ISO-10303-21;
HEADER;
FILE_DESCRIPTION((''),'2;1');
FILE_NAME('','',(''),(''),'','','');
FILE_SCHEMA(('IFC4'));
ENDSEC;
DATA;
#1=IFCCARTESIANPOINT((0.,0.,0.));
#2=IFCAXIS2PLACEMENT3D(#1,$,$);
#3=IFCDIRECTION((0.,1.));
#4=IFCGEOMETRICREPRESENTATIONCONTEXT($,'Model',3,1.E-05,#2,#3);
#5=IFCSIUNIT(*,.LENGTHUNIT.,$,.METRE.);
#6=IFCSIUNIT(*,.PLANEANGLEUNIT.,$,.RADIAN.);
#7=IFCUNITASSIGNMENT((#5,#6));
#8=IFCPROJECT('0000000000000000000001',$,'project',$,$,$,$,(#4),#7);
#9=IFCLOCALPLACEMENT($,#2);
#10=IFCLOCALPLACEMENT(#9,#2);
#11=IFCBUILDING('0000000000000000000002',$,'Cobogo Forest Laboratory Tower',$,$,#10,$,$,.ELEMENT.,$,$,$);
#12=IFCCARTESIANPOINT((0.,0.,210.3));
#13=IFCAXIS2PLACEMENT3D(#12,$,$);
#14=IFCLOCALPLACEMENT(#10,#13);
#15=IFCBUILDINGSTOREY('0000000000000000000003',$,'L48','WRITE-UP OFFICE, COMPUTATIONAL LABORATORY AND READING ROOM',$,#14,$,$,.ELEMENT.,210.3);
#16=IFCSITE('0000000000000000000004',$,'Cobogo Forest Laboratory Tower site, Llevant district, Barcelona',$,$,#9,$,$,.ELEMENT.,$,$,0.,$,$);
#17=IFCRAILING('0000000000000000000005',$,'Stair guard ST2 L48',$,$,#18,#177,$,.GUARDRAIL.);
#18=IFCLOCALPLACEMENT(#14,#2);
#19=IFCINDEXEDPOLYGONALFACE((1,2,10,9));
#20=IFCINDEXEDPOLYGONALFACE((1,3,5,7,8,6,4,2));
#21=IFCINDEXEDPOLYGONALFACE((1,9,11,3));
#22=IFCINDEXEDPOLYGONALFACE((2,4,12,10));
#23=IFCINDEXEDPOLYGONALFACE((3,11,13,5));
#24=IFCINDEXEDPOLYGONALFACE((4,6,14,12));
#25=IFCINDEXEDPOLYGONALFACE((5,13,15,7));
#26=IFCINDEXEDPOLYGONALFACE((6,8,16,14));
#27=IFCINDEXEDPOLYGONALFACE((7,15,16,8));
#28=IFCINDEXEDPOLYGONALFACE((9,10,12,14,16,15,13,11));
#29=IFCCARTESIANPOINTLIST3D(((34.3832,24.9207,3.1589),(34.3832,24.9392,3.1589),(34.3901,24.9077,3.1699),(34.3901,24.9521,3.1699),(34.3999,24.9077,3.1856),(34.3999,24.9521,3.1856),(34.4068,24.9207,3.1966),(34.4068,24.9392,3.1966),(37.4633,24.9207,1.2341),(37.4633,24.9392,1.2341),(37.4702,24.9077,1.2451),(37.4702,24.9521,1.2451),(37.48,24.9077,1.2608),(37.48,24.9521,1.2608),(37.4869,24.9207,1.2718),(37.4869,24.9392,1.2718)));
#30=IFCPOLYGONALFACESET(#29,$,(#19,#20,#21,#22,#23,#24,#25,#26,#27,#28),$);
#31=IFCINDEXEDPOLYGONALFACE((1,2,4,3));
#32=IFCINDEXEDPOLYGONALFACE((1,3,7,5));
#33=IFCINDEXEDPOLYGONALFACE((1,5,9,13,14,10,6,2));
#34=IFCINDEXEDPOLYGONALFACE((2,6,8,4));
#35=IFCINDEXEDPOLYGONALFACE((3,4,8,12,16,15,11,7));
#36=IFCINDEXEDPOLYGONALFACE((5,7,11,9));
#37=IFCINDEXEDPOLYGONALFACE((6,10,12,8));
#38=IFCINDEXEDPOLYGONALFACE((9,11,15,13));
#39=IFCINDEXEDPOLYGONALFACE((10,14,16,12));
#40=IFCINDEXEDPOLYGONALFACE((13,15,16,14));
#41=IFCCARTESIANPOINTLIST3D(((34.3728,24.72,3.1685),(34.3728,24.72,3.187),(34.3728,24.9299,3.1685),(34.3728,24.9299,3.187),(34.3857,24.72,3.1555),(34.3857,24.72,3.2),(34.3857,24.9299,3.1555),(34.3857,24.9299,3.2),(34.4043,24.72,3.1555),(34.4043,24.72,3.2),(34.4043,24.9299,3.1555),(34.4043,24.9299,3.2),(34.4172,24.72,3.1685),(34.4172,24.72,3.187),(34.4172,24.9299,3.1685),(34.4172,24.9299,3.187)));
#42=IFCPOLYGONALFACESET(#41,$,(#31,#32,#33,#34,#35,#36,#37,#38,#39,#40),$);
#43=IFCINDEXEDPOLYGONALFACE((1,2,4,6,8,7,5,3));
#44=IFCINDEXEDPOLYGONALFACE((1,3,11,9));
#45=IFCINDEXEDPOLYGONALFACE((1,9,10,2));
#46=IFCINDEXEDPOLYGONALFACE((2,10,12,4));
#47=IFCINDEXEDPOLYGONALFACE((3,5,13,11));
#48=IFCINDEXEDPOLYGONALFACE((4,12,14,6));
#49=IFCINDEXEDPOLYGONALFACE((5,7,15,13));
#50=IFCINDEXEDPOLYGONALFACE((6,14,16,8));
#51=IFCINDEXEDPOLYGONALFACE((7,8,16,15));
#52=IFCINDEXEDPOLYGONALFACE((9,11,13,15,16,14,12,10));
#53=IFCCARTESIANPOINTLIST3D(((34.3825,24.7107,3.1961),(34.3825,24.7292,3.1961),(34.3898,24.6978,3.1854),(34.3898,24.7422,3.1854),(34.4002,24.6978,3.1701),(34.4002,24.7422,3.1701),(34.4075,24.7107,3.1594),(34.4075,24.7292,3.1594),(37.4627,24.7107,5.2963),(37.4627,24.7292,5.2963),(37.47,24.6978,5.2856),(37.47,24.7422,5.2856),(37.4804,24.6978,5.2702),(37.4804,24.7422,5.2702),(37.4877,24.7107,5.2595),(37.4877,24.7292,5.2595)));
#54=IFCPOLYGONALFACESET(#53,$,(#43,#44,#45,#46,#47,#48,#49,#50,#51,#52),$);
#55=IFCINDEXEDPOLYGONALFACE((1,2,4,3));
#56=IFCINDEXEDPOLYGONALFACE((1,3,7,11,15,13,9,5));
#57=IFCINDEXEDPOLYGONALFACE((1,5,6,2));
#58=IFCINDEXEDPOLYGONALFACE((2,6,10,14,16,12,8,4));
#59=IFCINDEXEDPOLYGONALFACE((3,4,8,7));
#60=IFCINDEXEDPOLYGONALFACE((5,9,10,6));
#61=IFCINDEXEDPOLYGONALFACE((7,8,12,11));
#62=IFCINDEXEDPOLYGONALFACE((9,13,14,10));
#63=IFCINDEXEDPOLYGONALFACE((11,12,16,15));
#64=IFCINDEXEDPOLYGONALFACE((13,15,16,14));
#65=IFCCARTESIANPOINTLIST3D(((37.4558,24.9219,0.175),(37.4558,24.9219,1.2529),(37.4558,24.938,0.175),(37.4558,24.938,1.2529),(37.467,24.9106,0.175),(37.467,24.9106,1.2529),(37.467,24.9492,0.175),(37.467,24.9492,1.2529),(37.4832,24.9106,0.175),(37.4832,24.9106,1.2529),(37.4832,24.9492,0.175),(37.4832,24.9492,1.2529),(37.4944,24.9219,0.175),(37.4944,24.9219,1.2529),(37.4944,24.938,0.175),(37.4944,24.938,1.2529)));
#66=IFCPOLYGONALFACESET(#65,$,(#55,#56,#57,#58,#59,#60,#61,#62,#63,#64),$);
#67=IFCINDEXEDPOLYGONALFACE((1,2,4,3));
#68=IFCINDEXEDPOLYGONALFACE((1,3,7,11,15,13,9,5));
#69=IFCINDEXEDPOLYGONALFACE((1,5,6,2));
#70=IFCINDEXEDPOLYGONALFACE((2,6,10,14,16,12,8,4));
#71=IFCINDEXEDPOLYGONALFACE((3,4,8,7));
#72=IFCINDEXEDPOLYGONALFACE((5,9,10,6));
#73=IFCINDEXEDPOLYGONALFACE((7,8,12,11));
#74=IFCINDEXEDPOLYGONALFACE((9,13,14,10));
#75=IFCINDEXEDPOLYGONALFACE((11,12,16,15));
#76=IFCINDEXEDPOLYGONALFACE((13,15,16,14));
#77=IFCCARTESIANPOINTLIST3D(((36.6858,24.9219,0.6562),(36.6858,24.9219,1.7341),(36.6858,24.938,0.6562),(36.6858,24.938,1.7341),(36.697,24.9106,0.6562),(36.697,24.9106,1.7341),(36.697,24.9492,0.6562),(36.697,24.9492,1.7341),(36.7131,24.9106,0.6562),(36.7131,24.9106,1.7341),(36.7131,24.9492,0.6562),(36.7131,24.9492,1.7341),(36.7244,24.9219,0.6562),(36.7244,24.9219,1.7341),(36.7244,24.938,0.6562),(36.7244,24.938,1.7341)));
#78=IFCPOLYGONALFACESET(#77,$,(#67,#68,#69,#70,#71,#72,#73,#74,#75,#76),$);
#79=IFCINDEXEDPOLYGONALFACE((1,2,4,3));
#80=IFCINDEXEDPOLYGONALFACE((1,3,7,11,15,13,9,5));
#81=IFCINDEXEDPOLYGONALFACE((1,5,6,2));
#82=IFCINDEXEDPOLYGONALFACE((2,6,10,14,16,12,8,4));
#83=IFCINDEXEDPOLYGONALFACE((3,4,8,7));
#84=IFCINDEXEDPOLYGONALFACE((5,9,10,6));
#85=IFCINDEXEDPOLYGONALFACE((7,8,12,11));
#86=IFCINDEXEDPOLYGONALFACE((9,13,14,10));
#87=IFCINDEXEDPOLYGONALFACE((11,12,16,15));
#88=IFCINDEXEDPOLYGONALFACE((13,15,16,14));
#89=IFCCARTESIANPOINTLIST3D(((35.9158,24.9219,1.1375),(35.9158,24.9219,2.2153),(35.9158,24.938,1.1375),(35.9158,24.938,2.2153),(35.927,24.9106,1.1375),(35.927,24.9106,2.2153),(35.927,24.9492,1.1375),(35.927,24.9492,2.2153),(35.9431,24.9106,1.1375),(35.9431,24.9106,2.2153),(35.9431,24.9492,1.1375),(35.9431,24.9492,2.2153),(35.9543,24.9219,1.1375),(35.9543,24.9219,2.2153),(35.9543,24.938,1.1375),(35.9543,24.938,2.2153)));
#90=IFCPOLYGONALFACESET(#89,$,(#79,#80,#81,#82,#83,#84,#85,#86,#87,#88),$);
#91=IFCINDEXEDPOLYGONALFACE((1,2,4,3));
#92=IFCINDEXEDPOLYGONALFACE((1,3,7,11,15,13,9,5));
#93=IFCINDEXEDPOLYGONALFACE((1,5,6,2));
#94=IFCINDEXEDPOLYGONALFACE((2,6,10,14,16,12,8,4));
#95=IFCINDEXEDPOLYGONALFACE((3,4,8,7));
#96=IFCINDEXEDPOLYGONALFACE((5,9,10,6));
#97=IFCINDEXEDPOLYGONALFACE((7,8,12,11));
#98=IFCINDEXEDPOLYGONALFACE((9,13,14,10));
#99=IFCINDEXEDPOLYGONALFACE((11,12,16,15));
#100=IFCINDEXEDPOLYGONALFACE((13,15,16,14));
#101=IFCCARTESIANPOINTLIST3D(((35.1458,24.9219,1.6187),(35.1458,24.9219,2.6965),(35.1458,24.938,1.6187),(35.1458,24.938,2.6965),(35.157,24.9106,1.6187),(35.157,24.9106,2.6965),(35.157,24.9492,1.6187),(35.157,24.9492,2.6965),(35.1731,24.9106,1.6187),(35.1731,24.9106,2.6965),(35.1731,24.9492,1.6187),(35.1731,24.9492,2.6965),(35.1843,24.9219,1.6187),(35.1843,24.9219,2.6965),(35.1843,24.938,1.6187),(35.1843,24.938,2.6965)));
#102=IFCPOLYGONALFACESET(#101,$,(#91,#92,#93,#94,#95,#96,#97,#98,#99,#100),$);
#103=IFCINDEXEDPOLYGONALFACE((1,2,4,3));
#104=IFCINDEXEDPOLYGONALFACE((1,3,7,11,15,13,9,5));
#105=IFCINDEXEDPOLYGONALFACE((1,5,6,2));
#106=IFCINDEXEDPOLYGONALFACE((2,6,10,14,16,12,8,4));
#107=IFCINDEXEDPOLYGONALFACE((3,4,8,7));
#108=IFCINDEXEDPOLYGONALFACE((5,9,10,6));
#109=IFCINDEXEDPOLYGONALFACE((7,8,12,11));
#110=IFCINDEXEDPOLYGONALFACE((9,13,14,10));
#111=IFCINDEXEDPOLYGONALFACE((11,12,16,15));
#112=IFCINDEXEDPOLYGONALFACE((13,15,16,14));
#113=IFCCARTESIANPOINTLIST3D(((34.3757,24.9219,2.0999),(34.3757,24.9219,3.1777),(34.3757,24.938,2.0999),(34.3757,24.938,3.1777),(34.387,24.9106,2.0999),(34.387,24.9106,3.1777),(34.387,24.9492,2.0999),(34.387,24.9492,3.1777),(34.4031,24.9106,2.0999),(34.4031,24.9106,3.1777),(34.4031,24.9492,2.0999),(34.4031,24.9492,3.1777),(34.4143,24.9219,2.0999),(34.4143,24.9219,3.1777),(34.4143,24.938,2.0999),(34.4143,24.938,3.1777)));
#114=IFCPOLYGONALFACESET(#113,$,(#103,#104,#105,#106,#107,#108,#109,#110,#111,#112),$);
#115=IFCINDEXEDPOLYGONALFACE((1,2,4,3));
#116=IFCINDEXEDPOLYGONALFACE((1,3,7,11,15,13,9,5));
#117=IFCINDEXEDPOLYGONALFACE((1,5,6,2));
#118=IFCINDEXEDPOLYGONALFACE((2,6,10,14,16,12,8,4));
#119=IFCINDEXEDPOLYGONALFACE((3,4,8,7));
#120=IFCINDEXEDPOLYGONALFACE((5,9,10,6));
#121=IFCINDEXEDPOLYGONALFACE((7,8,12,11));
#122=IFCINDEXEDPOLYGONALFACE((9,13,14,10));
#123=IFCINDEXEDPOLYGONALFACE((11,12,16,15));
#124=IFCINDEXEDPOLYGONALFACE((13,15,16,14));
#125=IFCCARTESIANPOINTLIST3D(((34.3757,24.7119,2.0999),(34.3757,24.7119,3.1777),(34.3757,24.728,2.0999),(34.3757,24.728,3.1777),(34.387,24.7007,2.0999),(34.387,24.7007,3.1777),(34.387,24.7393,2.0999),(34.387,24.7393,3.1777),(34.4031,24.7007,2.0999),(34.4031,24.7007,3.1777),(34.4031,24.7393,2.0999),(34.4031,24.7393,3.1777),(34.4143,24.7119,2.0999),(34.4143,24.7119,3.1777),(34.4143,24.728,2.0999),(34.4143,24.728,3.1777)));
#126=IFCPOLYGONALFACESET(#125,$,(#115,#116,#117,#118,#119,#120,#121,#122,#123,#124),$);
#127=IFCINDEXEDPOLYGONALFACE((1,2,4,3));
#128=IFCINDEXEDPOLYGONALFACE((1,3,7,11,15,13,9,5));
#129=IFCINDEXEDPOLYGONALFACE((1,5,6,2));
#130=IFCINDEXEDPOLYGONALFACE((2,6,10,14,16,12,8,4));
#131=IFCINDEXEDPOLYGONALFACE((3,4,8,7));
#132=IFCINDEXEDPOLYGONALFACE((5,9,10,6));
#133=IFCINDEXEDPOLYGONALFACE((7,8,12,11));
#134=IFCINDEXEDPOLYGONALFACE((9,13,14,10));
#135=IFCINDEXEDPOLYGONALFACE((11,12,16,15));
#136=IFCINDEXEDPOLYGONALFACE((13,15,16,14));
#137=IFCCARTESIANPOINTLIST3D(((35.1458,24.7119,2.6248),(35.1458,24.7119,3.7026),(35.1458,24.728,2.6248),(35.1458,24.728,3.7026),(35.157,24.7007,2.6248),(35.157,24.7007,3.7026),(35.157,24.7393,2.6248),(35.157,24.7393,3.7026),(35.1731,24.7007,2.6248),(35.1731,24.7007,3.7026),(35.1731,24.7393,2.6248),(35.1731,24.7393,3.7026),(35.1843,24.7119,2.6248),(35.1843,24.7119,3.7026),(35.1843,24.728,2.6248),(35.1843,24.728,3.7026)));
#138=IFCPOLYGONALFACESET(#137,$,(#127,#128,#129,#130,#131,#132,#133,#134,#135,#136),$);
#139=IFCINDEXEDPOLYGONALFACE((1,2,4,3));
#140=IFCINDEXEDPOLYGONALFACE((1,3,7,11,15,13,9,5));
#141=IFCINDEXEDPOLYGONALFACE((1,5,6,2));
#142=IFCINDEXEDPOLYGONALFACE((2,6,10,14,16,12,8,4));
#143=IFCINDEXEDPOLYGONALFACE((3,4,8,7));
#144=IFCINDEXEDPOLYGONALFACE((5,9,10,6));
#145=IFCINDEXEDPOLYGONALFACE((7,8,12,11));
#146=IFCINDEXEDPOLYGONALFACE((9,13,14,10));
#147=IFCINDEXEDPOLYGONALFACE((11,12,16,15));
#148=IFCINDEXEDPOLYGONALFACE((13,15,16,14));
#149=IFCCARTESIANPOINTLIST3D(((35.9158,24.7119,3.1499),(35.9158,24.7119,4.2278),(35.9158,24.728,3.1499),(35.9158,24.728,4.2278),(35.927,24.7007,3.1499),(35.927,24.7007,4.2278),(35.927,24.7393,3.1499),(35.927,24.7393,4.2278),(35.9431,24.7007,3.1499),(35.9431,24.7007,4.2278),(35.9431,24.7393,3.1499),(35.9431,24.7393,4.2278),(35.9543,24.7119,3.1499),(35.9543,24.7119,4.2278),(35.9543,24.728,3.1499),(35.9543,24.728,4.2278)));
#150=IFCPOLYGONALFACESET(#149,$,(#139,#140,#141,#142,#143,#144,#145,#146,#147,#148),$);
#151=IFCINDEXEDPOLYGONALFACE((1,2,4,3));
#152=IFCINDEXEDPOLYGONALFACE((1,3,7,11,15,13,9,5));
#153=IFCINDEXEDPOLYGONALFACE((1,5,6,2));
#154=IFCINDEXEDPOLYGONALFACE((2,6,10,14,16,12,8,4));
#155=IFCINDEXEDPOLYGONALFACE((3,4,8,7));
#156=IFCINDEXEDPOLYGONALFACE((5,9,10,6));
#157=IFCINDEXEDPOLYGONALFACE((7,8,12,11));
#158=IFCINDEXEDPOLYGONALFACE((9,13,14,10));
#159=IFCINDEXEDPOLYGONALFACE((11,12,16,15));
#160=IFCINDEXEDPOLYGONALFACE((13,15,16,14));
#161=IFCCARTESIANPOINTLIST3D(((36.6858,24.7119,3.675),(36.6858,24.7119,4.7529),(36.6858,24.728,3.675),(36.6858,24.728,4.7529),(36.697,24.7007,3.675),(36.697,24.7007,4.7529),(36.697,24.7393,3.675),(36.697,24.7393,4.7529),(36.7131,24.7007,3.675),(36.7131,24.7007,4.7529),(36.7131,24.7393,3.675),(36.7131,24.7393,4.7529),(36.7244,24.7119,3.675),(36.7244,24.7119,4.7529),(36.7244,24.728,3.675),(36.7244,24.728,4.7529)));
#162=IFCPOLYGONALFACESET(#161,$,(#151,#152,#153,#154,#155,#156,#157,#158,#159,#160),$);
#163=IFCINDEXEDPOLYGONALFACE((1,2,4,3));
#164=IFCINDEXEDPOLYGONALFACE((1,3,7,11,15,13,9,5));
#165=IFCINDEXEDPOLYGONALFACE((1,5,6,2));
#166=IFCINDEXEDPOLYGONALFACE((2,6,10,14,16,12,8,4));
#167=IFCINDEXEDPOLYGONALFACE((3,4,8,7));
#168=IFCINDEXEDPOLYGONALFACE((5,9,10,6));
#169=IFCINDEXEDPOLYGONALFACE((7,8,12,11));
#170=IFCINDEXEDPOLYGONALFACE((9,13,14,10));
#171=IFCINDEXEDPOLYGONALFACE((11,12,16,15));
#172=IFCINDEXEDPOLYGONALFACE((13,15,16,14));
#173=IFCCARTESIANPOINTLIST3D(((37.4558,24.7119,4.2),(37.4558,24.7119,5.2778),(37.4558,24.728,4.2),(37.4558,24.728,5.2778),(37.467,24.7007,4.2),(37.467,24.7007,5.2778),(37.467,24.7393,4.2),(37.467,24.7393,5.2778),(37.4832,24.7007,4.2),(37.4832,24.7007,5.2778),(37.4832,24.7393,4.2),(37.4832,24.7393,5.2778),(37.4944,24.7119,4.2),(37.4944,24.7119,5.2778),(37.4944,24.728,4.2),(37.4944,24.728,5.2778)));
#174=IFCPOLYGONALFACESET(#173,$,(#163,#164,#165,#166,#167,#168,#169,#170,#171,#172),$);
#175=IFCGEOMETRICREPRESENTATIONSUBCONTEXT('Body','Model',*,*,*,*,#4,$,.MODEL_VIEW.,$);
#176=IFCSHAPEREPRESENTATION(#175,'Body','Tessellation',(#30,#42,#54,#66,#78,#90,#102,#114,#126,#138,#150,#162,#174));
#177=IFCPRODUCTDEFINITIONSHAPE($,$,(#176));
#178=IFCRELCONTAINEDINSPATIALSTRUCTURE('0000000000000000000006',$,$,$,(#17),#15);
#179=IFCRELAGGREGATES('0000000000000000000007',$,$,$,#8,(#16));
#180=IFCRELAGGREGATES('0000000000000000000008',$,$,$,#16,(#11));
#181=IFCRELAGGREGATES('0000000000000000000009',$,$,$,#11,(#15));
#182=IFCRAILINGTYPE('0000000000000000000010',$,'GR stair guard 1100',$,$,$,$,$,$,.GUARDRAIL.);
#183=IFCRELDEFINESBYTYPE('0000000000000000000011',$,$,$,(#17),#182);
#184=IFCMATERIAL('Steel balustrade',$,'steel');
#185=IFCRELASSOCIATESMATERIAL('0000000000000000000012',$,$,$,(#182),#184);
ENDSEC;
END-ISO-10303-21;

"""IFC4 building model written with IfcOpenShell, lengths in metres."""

from ifc_helpers import new_model, si_unit, direction, frame, origin, place, context, subcontext, project, spatial, polyline, outline, extrude, material, type_object, element, save


model = new_model("IFC4")

# Units and contexts
model_context = context("Model", 3, precision=1e-05, world=origin(), true_north=direction((0.0, 1.0)))
body_context = subcontext(model_context, "Body", "Model", "MODEL_VIEW")
ifc_project = project(units=[si_unit("LENGTHUNIT", "METRE"), si_unit("PLANEANGLEUNIT", "RADIAN")], contexts=[model_context])

# Site, building, storey
site_placement = place(None, origin())
site = spatial("IfcSite", under=ifc_project, at=site_placement, Name="Cobogo Forest Laboratory Tower site, Llevant district, Barcelona", CompositionType="ELEMENT", RefElevation=0.0)
building_placement = place(site_placement, origin())
building = spatial("IfcBuilding", under=site, at=building_placement, Name="Cobogo Forest Laboratory Tower", CompositionType="ELEMENT")
storey_placement = place(building_placement, frame((0.0, 0.0, 210.3)))
storey = spatial("IfcBuildingStorey", under=building, at=storey_placement, Name="L48", Description="WRITE-UP OFFICE, COMPUTATIONAL LABORATORY AND READING ROOM", CompositionType="ELEMENT", Elevation=210.3)

# Railing
ifc_material_1 = material(Name="Steel balustrade", Category="steel")
railing_type_1 = type_object("IfcRailingType", Name="GR stair guard 1100", PredefinedType="GUARDRAIL", material=ifc_material_1)
railing_1_placement = place(storey_placement, frame((37.4751, 24.9299, 0.175)))
element("IfcRailing", 1, at=railing_1_placement, inside=storey, type_object=railing_type_1, Name="Stair guard ST2 L48", PredefinedType="GUARDRAIL", context=body_context, shape_type="SweptSolid", body=[
    extrude(outline(polyline([(0.0222, 0.0093), (0.0093, 0.0222), (-0.0093, 0.0222), (-0.0222, 0.0093), (-0.0222, -0.0093), (-0.0093, -0.0222), (0.0093, -0.0222), (0.0222, -0.0093), (0.0222, 0.0093)])), frame((0.0, 0.0, 1.0779), z_axis=(-0.848029, 0.0, 0.529951), x_axis=(0.0, -1.0, 0.0)), (0.0, 0.0, 1.0), 3.6321),
    extrude(outline(polyline([(0.0222, 0.0093), (0.0093, 0.0222), (-0.0093, 0.0222), (-0.0222, 0.0093), (-0.0222, -0.0093), (-0.0093, -0.0222), (0.0093, -0.0222), (0.0222, -0.0093), (0.0222, 0.0093)])), frame((-3.0801, 0.0, 3.0027), z_axis=(0.0, -1.0, 0.0), x_axis=(1.0, 0.0, 0.0)), (0.0, 0.0, 1.0), 0.21),
    extrude(outline(polyline([(0.0222, 0.0093), (0.0093, 0.0222), (-0.0093, 0.0222), (-0.0222, 0.0093), (-0.0222, -0.0093), (-0.0093, -0.0222), (0.0093, -0.0222), (0.0222, -0.0093), (0.0222, 0.0093)])), frame((-3.0801, -0.21, 3.0027), z_axis=(0.826222, 0.0, 0.563345), x_axis=(0.0, 1.0, 0.0)), (0.0, 0.0, 1.0), 3.728),
    extrude(outline(polyline([(0.0193, 0.0081), (0.0081, 0.0193), (-0.0081, 0.0193), (-0.0193, 0.0081), (-0.0193, -0.0081), (-0.0081, -0.0193), (0.0081, -0.0193), (0.0193, -0.0081), (0.0193, 0.0081)])), origin(), (0.0, 0.0, 1.0), 1.0779),
    extrude(outline(polyline([(0.0193, 0.0081), (0.0081, 0.0193), (-0.0081, 0.0193), (-0.0193, 0.0081), (-0.0193, -0.0081), (-0.0081, -0.0193), (0.0081, -0.0193), (0.0193, -0.0081), (0.0193, 0.0081)])), frame((-0.77, 0.0, 0.4812)), (0.0, 0.0, 1.0), 1.0779),
    extrude(outline(polyline([(0.0193, 0.0081), (0.0081, 0.0193), (-0.0081, 0.0193), (-0.0193, 0.0081), (-0.0193, -0.0081), (-0.0081, -0.0193), (0.0081, -0.0193), (0.0193, -0.0081), (0.0193, 0.0081)])), frame((-1.54, 0.0, 0.9624)), (0.0, 0.0, 1.0), 1.0779),
    extrude(outline(polyline([(0.0193, 0.0081), (0.0081, 0.0193), (-0.0081, 0.0193), (-0.0193, 0.0081), (-0.0193, -0.0081), (-0.0081, -0.0193), (0.0081, -0.0193), (0.0193, -0.0081), (0.0193, 0.0081)])), frame((-2.3101, 0.0, 1.4436)), (0.0, 0.0, 1.0), 1.0779),
    extrude(outline(polyline([(0.0193, 0.0081), (0.0081, 0.0193), (-0.0081, 0.0193), (-0.0193, 0.0081), (-0.0193, -0.0081), (-0.0081, -0.0193), (0.0081, -0.0193), (0.0193, -0.0081), (0.0193, 0.0081)])), frame((-3.0801, 0.0, 1.9248)), (0.0, 0.0, 1.0), 1.0779),
    extrude(outline(polyline([(0.0193, 0.0081), (0.0081, 0.0193), (-0.0081, 0.0193), (-0.0193, 0.0081), (-0.0193, -0.0081), (-0.0081, -0.0193), (0.0081, -0.0193), (0.0193, -0.0081), (0.0193, 0.0081)])), frame((-3.0801, -0.21, 1.9248)), (0.0, 0.0, 1.0), 1.0779),
    extrude(outline(polyline([(0.0193, 0.0081), (0.0081, 0.0193), (-0.0081, 0.0193), (-0.0193, 0.0081), (-0.0193, -0.0081), (-0.0081, -0.0193), (0.0081, -0.0193), (0.0193, -0.0081), (0.0193, 0.0081)])), frame((-2.3101, -0.21, 2.4497)), (0.0, 0.0, 1.0), 1.0779),
    extrude(outline(polyline([(0.0193, 0.0081), (0.0081, 0.0193), (-0.0081, 0.0193), (-0.0193, 0.0081), (-0.0193, -0.0081), (-0.0081, -0.0193), (0.0081, -0.0193), (0.0193, -0.0081), (0.0193, 0.0081)])), frame((-1.54, -0.21, 2.9749)), (0.0, 0.0, 1.0), 1.0779),
    extrude(outline(polyline([(0.0193, 0.0081), (0.0081, 0.0193), (-0.0081, 0.0193), (-0.0193, 0.0081), (-0.0193, -0.0081), (-0.0081, -0.0193), (0.0081, -0.0193), (0.0193, -0.0081), (0.0193, 0.0081)])), frame((-0.77, -0.21, 3.5)), (0.0, 0.0, 1.0), 1.0779),
    extrude(outline(polyline([(0.0193, 0.0081), (0.0081, 0.0193), (-0.0081, 0.0193), (-0.0193, 0.0081), (-0.0193, -0.0081), (-0.0081, -0.0193), (0.0081, -0.0193), (0.0193, -0.0081), (0.0193, 0.0081)])), frame((0.0, -0.21, 4.0249)), (0.0, 0.0, 1.0), 1.0779),
])

save(model, "model.ifc")
